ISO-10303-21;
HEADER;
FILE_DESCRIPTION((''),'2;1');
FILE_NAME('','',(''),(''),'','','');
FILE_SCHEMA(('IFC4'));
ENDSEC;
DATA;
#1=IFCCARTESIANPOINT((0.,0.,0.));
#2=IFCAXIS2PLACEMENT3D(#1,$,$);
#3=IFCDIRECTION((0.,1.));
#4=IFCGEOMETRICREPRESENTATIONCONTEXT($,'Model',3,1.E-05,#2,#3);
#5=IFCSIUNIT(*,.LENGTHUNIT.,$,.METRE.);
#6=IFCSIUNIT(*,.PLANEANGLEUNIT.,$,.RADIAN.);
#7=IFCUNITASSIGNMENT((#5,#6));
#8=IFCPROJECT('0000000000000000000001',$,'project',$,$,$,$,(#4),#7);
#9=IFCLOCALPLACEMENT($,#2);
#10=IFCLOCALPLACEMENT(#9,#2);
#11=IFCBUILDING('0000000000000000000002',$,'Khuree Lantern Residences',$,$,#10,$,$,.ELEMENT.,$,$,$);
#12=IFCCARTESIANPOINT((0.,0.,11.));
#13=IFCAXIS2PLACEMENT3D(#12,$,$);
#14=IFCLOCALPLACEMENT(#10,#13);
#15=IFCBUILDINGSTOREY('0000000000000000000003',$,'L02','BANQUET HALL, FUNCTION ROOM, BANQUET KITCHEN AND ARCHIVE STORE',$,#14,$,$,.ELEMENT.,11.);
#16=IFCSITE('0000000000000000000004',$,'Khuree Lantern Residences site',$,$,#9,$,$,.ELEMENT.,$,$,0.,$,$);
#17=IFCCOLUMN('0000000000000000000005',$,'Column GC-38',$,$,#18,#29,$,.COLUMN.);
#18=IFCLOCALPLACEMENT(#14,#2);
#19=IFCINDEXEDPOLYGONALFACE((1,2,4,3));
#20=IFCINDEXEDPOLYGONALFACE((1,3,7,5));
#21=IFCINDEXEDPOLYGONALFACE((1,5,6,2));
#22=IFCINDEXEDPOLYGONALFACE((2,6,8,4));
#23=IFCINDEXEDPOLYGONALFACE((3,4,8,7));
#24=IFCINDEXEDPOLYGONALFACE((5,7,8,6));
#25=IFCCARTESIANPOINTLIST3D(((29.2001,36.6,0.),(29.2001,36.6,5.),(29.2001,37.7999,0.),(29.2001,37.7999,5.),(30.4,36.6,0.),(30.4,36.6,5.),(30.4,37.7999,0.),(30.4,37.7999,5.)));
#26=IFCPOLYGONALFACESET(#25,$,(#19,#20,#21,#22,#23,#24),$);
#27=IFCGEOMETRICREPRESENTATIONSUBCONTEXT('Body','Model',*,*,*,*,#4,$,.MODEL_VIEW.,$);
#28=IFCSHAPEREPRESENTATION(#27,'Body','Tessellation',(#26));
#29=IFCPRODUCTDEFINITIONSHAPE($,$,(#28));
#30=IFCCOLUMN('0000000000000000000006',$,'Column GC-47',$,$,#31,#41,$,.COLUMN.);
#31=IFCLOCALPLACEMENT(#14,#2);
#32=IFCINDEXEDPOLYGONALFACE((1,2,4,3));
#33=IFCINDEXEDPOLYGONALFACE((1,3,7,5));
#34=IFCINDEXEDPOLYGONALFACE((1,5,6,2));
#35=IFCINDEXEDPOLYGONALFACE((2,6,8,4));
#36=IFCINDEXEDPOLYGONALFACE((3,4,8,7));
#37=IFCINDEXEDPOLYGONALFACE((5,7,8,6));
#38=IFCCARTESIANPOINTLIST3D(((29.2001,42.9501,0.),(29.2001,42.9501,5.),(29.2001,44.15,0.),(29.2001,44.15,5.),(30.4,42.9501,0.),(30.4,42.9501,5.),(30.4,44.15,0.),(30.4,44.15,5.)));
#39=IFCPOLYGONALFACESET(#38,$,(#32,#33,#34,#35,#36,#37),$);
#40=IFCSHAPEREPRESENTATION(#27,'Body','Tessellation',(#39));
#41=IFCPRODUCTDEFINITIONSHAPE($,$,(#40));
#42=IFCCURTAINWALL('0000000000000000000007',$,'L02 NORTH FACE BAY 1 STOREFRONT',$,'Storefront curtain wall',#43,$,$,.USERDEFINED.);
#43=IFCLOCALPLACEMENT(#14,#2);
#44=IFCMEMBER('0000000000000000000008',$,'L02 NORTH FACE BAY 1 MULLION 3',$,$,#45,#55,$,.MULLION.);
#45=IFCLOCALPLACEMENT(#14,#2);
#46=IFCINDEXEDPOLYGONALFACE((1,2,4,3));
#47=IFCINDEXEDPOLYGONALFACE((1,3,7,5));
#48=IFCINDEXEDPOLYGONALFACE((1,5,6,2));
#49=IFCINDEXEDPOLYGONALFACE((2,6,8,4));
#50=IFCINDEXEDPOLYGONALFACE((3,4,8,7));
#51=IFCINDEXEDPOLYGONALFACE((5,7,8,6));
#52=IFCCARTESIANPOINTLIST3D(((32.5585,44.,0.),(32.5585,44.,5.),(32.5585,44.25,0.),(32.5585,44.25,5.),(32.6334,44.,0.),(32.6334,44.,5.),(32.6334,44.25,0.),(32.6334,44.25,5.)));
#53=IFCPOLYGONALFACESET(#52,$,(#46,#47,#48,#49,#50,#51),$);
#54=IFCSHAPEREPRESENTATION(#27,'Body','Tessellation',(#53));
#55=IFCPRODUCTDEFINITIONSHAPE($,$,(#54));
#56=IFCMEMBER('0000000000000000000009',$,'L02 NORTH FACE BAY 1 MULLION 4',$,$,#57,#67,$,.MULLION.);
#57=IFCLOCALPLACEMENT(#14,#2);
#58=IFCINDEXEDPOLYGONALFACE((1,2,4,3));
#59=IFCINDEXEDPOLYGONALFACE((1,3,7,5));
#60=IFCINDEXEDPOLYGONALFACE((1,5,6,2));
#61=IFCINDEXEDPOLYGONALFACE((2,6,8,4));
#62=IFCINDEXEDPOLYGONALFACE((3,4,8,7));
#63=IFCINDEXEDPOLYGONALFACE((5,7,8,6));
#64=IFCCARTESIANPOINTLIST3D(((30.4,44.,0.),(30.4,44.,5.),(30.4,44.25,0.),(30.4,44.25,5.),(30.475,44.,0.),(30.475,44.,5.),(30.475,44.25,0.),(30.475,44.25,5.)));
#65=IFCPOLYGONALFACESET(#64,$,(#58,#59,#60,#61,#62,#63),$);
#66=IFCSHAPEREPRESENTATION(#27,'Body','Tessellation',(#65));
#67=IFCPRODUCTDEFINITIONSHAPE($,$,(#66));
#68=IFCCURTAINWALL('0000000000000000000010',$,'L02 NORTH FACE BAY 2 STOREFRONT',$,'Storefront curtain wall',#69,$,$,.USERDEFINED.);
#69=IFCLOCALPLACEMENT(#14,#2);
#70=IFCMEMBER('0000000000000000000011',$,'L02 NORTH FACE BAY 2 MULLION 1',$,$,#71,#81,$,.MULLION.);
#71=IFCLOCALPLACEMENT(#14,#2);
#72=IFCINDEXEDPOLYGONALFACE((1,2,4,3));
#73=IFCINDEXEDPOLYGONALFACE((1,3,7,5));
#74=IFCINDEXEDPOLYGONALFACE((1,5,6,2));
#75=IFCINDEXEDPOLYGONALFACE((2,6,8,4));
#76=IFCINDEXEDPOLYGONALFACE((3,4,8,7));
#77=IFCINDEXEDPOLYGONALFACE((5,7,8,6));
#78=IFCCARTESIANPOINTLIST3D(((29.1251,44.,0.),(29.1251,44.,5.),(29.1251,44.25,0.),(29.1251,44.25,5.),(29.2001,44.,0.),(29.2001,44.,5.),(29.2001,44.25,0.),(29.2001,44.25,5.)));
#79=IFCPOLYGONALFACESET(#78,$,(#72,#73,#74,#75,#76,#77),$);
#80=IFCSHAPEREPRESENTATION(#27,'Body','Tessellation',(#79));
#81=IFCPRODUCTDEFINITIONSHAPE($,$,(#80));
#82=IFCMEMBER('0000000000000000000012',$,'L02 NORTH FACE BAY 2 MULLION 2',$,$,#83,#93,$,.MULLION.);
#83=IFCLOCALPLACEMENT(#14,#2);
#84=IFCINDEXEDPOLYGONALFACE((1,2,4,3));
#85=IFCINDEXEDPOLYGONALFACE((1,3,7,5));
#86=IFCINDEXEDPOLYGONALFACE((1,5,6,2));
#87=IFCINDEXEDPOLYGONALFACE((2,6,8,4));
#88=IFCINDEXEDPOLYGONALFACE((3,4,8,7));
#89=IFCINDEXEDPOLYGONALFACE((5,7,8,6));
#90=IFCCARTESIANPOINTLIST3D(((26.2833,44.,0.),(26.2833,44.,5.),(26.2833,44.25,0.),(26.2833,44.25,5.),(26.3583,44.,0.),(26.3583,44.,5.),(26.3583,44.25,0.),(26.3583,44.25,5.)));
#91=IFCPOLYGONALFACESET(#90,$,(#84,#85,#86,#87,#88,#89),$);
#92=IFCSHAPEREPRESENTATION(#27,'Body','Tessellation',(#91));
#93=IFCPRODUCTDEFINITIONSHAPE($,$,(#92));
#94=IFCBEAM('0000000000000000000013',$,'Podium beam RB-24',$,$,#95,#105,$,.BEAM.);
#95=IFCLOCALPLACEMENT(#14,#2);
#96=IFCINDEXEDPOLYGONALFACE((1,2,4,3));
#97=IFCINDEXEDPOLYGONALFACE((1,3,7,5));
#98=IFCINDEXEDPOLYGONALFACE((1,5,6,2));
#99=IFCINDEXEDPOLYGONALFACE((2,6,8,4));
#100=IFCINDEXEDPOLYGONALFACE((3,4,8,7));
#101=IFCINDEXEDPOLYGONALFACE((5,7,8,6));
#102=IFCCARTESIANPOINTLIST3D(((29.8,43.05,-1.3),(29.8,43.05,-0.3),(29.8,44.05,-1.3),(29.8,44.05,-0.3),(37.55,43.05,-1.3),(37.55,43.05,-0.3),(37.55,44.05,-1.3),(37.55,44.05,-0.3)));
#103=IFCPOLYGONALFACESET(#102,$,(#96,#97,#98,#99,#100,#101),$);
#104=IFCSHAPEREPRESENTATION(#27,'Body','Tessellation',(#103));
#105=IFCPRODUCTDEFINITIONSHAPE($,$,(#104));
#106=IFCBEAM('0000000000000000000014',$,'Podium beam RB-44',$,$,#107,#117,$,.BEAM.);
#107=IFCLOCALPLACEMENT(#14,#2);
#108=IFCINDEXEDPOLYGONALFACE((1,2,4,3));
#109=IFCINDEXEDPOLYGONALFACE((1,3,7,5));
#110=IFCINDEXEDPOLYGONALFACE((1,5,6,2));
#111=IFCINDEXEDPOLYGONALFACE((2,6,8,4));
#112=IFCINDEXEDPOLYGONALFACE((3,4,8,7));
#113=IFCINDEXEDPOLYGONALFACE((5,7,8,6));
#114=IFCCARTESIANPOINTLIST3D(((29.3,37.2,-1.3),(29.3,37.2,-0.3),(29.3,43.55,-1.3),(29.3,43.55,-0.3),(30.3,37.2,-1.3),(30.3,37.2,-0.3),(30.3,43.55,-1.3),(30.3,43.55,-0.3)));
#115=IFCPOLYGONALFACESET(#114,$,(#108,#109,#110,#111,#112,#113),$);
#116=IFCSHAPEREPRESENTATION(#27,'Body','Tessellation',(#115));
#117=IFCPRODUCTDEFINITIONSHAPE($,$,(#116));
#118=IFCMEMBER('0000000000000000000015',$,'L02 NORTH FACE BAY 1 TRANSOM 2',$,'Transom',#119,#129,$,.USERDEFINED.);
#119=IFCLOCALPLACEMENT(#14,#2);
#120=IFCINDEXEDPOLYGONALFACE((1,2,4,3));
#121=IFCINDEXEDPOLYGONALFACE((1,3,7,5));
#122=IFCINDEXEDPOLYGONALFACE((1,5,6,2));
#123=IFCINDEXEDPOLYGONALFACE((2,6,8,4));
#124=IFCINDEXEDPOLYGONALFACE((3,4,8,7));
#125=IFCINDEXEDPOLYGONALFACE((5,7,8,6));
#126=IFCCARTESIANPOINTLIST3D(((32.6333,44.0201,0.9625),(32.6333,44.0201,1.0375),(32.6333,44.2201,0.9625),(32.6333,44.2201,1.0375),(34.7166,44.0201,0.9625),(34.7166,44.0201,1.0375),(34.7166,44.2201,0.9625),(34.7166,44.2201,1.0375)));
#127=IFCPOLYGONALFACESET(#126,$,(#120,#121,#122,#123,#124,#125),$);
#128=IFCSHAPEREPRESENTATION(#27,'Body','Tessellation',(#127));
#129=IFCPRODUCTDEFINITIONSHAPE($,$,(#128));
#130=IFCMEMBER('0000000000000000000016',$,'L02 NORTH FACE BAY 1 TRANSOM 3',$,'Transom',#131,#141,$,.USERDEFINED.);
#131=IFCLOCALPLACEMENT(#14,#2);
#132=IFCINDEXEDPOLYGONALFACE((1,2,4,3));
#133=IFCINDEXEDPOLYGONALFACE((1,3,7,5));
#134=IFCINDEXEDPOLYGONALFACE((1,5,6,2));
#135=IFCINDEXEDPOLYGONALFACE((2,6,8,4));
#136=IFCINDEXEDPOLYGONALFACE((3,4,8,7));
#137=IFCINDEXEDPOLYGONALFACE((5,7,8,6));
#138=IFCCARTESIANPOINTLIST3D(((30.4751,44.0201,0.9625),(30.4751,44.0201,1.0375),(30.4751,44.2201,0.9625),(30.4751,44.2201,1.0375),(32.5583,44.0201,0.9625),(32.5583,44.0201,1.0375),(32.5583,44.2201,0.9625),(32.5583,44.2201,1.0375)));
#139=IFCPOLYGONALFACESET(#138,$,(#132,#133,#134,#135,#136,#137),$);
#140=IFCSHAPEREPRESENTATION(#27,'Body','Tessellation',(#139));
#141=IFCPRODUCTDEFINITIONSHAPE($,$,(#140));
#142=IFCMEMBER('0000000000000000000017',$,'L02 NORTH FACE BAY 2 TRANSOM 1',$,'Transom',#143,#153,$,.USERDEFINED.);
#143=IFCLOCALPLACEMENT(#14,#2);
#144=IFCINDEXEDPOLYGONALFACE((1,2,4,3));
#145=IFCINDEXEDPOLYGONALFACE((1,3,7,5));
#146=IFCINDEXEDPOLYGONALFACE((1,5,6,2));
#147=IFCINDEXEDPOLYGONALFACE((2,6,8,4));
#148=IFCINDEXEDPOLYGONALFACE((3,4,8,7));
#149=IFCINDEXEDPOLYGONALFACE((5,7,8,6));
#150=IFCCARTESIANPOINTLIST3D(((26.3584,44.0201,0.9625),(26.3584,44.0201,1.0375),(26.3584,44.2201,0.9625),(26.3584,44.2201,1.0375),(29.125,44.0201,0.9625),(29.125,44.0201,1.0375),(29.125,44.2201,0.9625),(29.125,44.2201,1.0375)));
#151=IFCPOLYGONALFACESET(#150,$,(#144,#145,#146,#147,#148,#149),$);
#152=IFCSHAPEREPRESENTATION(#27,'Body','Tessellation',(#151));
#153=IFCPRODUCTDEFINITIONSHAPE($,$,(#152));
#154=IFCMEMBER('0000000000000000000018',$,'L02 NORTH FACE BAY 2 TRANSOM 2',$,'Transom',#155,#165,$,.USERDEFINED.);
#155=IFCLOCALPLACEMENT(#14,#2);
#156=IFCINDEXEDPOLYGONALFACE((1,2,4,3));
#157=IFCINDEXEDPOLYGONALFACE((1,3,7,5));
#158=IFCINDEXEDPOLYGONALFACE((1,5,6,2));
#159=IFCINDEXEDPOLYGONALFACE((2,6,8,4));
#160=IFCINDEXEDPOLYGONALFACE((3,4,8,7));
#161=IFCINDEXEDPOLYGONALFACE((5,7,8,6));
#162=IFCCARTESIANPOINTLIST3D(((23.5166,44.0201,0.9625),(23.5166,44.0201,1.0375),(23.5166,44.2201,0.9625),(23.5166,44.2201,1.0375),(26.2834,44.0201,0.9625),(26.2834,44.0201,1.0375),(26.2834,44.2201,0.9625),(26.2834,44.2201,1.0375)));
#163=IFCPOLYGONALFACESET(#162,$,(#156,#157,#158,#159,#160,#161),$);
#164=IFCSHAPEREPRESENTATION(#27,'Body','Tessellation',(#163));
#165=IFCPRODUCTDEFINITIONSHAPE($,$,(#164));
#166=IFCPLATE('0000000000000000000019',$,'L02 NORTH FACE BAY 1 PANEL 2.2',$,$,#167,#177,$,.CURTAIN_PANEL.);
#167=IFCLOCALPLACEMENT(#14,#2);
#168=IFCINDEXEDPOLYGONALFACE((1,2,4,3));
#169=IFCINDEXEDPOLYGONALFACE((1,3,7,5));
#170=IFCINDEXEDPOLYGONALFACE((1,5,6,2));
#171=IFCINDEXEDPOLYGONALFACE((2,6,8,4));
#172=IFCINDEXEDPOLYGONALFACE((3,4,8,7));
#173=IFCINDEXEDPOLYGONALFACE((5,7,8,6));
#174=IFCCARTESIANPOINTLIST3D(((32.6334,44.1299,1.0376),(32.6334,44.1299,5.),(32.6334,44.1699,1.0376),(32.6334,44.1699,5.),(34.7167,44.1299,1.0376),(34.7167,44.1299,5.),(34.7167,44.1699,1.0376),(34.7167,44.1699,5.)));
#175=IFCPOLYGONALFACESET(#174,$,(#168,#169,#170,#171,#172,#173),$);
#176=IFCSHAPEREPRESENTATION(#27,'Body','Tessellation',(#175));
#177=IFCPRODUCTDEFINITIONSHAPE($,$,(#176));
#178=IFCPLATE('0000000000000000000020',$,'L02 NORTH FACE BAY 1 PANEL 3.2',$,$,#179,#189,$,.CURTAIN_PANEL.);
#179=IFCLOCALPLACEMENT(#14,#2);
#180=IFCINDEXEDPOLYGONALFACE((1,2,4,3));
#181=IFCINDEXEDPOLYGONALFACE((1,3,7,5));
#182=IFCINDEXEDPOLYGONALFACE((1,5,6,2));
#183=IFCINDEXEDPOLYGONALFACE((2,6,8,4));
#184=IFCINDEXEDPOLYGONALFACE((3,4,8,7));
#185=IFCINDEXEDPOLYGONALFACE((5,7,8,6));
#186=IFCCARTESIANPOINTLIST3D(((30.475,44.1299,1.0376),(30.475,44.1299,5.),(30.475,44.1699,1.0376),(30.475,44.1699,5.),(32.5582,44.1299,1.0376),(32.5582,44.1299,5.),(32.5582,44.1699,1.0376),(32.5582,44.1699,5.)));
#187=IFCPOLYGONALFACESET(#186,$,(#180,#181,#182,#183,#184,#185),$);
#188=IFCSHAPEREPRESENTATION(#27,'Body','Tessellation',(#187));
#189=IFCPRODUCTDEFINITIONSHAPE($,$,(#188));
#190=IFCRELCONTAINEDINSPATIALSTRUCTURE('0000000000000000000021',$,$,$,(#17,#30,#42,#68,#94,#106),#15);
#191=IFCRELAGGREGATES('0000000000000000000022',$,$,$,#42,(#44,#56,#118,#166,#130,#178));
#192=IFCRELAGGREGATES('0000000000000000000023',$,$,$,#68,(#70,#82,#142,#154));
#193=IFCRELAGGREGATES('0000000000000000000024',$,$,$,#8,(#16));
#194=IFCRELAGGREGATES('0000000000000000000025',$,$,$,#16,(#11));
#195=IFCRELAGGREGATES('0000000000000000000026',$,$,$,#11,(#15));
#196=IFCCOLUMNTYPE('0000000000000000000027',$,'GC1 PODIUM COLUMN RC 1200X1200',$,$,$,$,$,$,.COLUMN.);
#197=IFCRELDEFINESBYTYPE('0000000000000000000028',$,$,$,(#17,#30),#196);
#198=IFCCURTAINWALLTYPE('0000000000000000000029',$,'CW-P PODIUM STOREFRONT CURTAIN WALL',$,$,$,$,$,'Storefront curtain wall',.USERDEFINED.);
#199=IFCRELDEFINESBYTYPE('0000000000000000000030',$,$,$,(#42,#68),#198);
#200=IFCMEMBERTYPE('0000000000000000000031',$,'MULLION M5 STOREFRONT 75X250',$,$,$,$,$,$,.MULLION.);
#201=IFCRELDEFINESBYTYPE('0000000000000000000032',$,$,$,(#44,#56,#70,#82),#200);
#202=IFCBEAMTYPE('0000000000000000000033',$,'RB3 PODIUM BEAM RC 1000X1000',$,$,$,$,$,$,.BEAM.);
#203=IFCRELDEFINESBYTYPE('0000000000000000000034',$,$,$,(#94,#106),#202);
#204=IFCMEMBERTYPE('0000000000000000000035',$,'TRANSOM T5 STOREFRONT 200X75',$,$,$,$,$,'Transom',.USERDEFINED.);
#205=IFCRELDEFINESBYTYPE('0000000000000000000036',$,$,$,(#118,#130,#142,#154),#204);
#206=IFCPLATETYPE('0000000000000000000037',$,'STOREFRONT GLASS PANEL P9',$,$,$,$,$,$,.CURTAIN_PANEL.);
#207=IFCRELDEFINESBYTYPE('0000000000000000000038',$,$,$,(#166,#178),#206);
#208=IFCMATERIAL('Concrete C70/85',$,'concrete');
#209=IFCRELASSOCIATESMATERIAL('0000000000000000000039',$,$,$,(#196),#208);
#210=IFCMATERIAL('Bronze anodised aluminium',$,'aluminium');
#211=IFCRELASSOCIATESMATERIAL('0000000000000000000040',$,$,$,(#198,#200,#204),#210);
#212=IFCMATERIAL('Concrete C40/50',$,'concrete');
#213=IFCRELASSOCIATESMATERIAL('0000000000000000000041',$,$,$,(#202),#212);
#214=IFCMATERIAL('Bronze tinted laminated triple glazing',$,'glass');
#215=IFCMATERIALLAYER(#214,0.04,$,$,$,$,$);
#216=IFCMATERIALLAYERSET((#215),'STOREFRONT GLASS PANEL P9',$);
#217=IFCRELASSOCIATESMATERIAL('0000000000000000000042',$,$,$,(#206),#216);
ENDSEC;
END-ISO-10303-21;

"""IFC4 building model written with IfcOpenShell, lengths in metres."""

from ifc_helpers import new_model, si_unit, direction, frame, origin, origin_2d, place, context, subcontext, project, spatial, rectangle, extrude, material, layer, layer_set, material_profile, profile_set, type_object, element, aggregate, save


model = new_model("IFC4")

# Units and contexts
model_context = context("Model", 3, precision=1e-05, world=origin(), true_north=direction((0.0, 1.0)))
body_context = subcontext(model_context, "Body", "Model", "MODEL_VIEW")
ifc_project = project(units=[si_unit("LENGTHUNIT", "METRE"), si_unit("PLANEANGLEUNIT", "RADIAN")], contexts=[model_context])

# Site, building, storey
site_placement = place(None, origin())
site = spatial("IfcSite", under=ifc_project, at=site_placement, Name="Khuree Lantern Residences site", CompositionType="ELEMENT", RefElevation=0.0)
building_placement = place(site_placement, origin())
building = spatial("IfcBuilding", under=site, at=building_placement, Name="Khuree Lantern Residences", CompositionType="ELEMENT")
storey_placement = place(building_placement, frame((0.0, 0.0, 11.0)))
storey = spatial("IfcBuildingStorey", under=building, at=storey_placement, Name="L02", Description="BANQUET HALL, FUNCTION ROOM, BANQUET KITCHEN AND ARCHIVE STORE", CompositionType="ELEMENT", Elevation=11.0)

# Columns
ifc_material_1 = material(Name="Concrete C70/85", Category="concrete")
ifc_material_profile_1 = material_profile(ifc_material_1, rectangle(XDim=1.2, YDim=1.2, at=origin_2d()), Name="RC 1200X1200")
ifc_profile_set_1 = profile_set([ifc_material_profile_1], Name="Concrete C70/85")
column_type = type_object("IfcColumnType", Name="GC1 PODIUM COLUMN RC 1200X1200", PredefinedType="COLUMN", material=ifc_profile_set_1)
for number, where, z_axis, x_axis, name in (
    (1, (29.8, 37.2, 0.0), (0.0, 0.0, 1.0), (1.0, 0.0, 0.0), "Column GC-38"),
    (2, (29.8, 43.55, 0.0), (0.0, 0.0, 1.0), (1.0, 0.0, 0.0), "Column GC-47"),
):
    element("IfcColumn", number, at=place(storey_placement, frame(where, z_axis=z_axis, x_axis=x_axis)), inside=storey, type_object=column_type, Name=name, PredefinedType="COLUMN", context=body_context, shape_type="SweptSolid", body=[
        extrude(rectangle(XDim=1.2, YDim=1.2, at=origin_2d()), origin(), (0.0, 0.0, 1.0), 5.0),
    ])

# Curtain walls, members
ifc_material_2 = material(Name="Bronze anodised aluminium", Category="aluminium")
curtain_wall_type = type_object("IfcCurtainWallType", Name="CW-P PODIUM STOREFRONT CURTAIN WALL", ElementType="Storefront curtain wall", PredefinedType="USERDEFINED", material=ifc_material_2)
curtain_wall_1_placement = place(storey_placement, origin())
curtain_wall_1 = element("IfcCurtainWall", 3, at=curtain_wall_1_placement, inside=storey, type_object=curtain_wall_type, Name="L02 NORTH FACE BAY 1 STOREFRONT", ObjectType="Storefront curtain wall", PredefinedType="USERDEFINED")
ifc_material_profile_2 = material_profile(ifc_material_2, rectangle(XDim=0.075, YDim=0.25, at=origin_2d()), Name="M5 75X250")
ifc_profile_set_2 = profile_set([ifc_material_profile_2], Name="Bronze anodised aluminium")
member_type_1 = type_object("IfcMemberType", Name="MULLION M5 STOREFRONT 75X250", PredefinedType="MULLION", material=ifc_profile_set_2)
member_1_placement = place(storey_placement, frame((32.5959, 44.125, 0.0), z_axis=(0.0, 0.0, 1.0), x_axis=(-1.0, 0.0, 0.0)))
member_1 = element("IfcMember", 4, at=member_1_placement, type_object=member_type_1, Name="L02 NORTH FACE BAY 1 MULLION 3", PredefinedType="MULLION", context=body_context, shape_type="SweptSolid", body=[
    extrude(rectangle(XDim=0.075, YDim=0.25, at=origin_2d()), origin(), (0.0, 0.0, 1.0), 5.0),
])
member_2_placement = place(storey_placement, frame((30.4375, 44.125, 0.0), z_axis=(0.0, 0.0, 1.0), x_axis=(-1.0, 0.0, 0.0)))
member_2 = element("IfcMember", 5, at=member_2_placement, type_object=member_type_1, Name="L02 NORTH FACE BAY 1 MULLION 4", PredefinedType="MULLION", context=body_context, shape_type="SweptSolid", body=[
    extrude(rectangle(XDim=0.075, YDim=0.25, at=origin_2d()), origin(), (0.0, 0.0, 1.0), 5.0),
])
curtain_wall_2_placement = place(storey_placement, origin())
curtain_wall_2 = element("IfcCurtainWall", 6, at=curtain_wall_2_placement, inside=storey, type_object=curtain_wall_type, Name="L02 NORTH FACE BAY 2 STOREFRONT", ObjectType="Storefront curtain wall", PredefinedType="USERDEFINED")
member_3_placement = place(storey_placement, frame((29.1626, 44.125, 0.0), z_axis=(0.0, 0.0, 1.0), x_axis=(-1.0, 0.0, 0.0)))
member_3 = element("IfcMember", 7, at=member_3_placement, type_object=member_type_1, Name="L02 NORTH FACE BAY 2 MULLION 1", PredefinedType="MULLION", context=body_context, shape_type="SweptSolid", body=[
    extrude(rectangle(XDim=0.075, YDim=0.25, at=origin_2d()), origin(), (0.0, 0.0, 1.0), 5.0),
])
member_4_placement = place(storey_placement, frame((26.3208, 44.125, 0.0), z_axis=(0.0, 0.0, 1.0), x_axis=(-1.0, 0.0, 0.0)))
member_4 = element("IfcMember", 8, at=member_4_placement, type_object=member_type_1, Name="L02 NORTH FACE BAY 2 MULLION 2", PredefinedType="MULLION", context=body_context, shape_type="SweptSolid", body=[
    extrude(rectangle(XDim=0.075, YDim=0.25, at=origin_2d()), origin(), (0.0, 0.0, 1.0), 5.0),
])

# Beams
ifc_material_3 = material(Name="Concrete C40/50", Category="concrete")
ifc_material_profile_3 = material_profile(ifc_material_3, rectangle(XDim=1.0, YDim=1.0, at=origin_2d()), Name="RC 1000X1000")
ifc_profile_set_3 = profile_set([ifc_material_profile_3], Name="Concrete C40/50")
beam_type = type_object("IfcBeamType", Name="RB3 PODIUM BEAM RC 1000X1000", PredefinedType="BEAM", material=ifc_profile_set_3)
beam_1_placement = place(storey_placement, frame((29.8, 43.55, -0.8), z_axis=(1.0, 0.0, 0.0), x_axis=(0.0, 1.0, 0.0)))
element("IfcBeam", 9, at=beam_1_placement, inside=storey, type_object=beam_type, Name="Podium beam RB-24", PredefinedType="BEAM", context=body_context, shape_type="SweptSolid", body=[
    extrude(rectangle(XDim=1.0, YDim=1.0, at=origin_2d()), origin(), (0.0, 0.0, 1.0), 7.75),
])
beam_2_placement = place(storey_placement, frame((29.8, 37.2, -0.8), z_axis=(0.0, 1.0, 0.0), x_axis=(-1.0, 0.0, 0.0)))
element("IfcBeam", 10, at=beam_2_placement, inside=storey, type_object=beam_type, Name="Podium beam RB-44", PredefinedType="BEAM", context=body_context, shape_type="SweptSolid", body=[
    extrude(rectangle(XDim=1.0, YDim=1.0, at=origin_2d()), origin(), (0.0, 0.0, 1.0), 6.3501),
])

# Members
ifc_material_profile_4 = material_profile(ifc_material_2, rectangle(XDim=0.2, YDim=0.075, at=origin_2d()), Name="T5 200X75")
ifc_profile_set_4 = profile_set([ifc_material_profile_4], Name="Bronze anodised aluminium")
member_type_2 = type_object("IfcMemberType", Name="TRANSOM T5 STOREFRONT 200X75", ElementType="Transom", PredefinedType="USERDEFINED", material=ifc_profile_set_4)
member_5_placement = place(storey_placement, frame((34.7166, 44.1201, 1.0), z_axis=(-1.0, 0.0, 0.0), x_axis=(0.0, -1.0, 0.0)))
member_5 = element("IfcMember", 11, at=member_5_placement, type_object=member_type_2, Name="L02 NORTH FACE BAY 1 TRANSOM 2", ObjectType="Transom", PredefinedType="USERDEFINED", context=body_context, shape_type="SweptSolid", body=[
    extrude(rectangle(XDim=0.2, YDim=0.075, at=origin_2d()), origin(), (0.0, 0.0, 1.0), 2.0833),
])
member_6_placement = place(storey_placement, frame((32.5583, 44.1201, 1.0), z_axis=(-1.0, 0.0, 0.0), x_axis=(0.0, -1.0, 0.0)))
member_6 = element("IfcMember", 12, at=member_6_placement, type_object=member_type_2, Name="L02 NORTH FACE BAY 1 TRANSOM 3", ObjectType="Transom", PredefinedType="USERDEFINED", context=body_context, shape_type="SweptSolid", body=[
    extrude(rectangle(XDim=0.2, YDim=0.075, at=origin_2d()), origin(), (0.0, 0.0, 1.0), 2.0833),
])
member_7_placement = place(storey_placement, frame((29.125, 44.1201, 1.0), z_axis=(-1.0, 0.0, 0.0), x_axis=(0.0, -1.0, 0.0)))
member_7 = element("IfcMember", 13, at=member_7_placement, type_object=member_type_2, Name="L02 NORTH FACE BAY 2 TRANSOM 1", ObjectType="Transom", PredefinedType="USERDEFINED", context=body_context, shape_type="SweptSolid", body=[
    extrude(rectangle(XDim=0.2, YDim=0.075, at=origin_2d()), origin(), (0.0, 0.0, 1.0), 2.7666),
])
member_8_placement = place(storey_placement, frame((26.2834, 44.1201, 1.0), z_axis=(-1.0, 0.0, 0.0), x_axis=(0.0, -1.0, 0.0)))
member_8 = element("IfcMember", 14, at=member_8_placement, type_object=member_type_2, Name="L02 NORTH FACE BAY 2 TRANSOM 2", ObjectType="Transom", PredefinedType="USERDEFINED", context=body_context, shape_type="SweptSolid", body=[
    extrude(rectangle(XDim=0.2, YDim=0.075, at=origin_2d()), origin(), (0.0, 0.0, 1.0), 2.7668),
])

# Plates
ifc_material_4 = material(Name="Bronze tinted laminated triple glazing", Category="glass")
ifc_layer_1 = layer(ifc_material_4, 0.04)
ifc_layer_set_1 = layer_set([ifc_layer_1], Name="STOREFRONT GLASS PANEL P9")
plate_type_1 = type_object("IfcPlateType", Name="STOREFRONT GLASS PANEL P9", PredefinedType="CURTAIN_PANEL", material=ifc_layer_set_1)
plate_1_placement = place(storey_placement, frame((33.675, 44.1499, 1.0376), z_axis=(0.0, 0.0, 1.0), x_axis=(-1.0, 0.0, 0.0)))
plate_1 = element("IfcPlate", 15, at=plate_1_placement, type_object=plate_type_1, Name="L02 NORTH FACE BAY 1 PANEL 2.2", PredefinedType="CURTAIN_PANEL", context=body_context, shape_type="SweptSolid", body=[
    extrude(rectangle(XDim=2.0833, YDim=0.04, at=origin_2d()), origin(), (0.0, 0.0, 1.0), 3.9624),
])
plate_2_placement = place(storey_placement, frame((31.5166, 44.1499, 1.0376), z_axis=(0.0, 0.0, 1.0), x_axis=(-1.0, 0.0, 0.0)))
plate_2 = element("IfcPlate", 16, at=plate_2_placement, type_object=plate_type_1, Name="L02 NORTH FACE BAY 1 PANEL 3.2", PredefinedType="CURTAIN_PANEL", context=body_context, shape_type="SweptSolid", body=[
    extrude(rectangle(XDim=2.0833, YDim=0.04, at=origin_2d()), origin(), (0.0, 0.0, 1.0), 3.9624),
])
aggregate(curtain_wall_1, [member_1, member_2, member_5, plate_1, member_6, plate_2])
aggregate(curtain_wall_2, [member_3, member_4, member_7, member_8])

save(model, "model.ifc")
